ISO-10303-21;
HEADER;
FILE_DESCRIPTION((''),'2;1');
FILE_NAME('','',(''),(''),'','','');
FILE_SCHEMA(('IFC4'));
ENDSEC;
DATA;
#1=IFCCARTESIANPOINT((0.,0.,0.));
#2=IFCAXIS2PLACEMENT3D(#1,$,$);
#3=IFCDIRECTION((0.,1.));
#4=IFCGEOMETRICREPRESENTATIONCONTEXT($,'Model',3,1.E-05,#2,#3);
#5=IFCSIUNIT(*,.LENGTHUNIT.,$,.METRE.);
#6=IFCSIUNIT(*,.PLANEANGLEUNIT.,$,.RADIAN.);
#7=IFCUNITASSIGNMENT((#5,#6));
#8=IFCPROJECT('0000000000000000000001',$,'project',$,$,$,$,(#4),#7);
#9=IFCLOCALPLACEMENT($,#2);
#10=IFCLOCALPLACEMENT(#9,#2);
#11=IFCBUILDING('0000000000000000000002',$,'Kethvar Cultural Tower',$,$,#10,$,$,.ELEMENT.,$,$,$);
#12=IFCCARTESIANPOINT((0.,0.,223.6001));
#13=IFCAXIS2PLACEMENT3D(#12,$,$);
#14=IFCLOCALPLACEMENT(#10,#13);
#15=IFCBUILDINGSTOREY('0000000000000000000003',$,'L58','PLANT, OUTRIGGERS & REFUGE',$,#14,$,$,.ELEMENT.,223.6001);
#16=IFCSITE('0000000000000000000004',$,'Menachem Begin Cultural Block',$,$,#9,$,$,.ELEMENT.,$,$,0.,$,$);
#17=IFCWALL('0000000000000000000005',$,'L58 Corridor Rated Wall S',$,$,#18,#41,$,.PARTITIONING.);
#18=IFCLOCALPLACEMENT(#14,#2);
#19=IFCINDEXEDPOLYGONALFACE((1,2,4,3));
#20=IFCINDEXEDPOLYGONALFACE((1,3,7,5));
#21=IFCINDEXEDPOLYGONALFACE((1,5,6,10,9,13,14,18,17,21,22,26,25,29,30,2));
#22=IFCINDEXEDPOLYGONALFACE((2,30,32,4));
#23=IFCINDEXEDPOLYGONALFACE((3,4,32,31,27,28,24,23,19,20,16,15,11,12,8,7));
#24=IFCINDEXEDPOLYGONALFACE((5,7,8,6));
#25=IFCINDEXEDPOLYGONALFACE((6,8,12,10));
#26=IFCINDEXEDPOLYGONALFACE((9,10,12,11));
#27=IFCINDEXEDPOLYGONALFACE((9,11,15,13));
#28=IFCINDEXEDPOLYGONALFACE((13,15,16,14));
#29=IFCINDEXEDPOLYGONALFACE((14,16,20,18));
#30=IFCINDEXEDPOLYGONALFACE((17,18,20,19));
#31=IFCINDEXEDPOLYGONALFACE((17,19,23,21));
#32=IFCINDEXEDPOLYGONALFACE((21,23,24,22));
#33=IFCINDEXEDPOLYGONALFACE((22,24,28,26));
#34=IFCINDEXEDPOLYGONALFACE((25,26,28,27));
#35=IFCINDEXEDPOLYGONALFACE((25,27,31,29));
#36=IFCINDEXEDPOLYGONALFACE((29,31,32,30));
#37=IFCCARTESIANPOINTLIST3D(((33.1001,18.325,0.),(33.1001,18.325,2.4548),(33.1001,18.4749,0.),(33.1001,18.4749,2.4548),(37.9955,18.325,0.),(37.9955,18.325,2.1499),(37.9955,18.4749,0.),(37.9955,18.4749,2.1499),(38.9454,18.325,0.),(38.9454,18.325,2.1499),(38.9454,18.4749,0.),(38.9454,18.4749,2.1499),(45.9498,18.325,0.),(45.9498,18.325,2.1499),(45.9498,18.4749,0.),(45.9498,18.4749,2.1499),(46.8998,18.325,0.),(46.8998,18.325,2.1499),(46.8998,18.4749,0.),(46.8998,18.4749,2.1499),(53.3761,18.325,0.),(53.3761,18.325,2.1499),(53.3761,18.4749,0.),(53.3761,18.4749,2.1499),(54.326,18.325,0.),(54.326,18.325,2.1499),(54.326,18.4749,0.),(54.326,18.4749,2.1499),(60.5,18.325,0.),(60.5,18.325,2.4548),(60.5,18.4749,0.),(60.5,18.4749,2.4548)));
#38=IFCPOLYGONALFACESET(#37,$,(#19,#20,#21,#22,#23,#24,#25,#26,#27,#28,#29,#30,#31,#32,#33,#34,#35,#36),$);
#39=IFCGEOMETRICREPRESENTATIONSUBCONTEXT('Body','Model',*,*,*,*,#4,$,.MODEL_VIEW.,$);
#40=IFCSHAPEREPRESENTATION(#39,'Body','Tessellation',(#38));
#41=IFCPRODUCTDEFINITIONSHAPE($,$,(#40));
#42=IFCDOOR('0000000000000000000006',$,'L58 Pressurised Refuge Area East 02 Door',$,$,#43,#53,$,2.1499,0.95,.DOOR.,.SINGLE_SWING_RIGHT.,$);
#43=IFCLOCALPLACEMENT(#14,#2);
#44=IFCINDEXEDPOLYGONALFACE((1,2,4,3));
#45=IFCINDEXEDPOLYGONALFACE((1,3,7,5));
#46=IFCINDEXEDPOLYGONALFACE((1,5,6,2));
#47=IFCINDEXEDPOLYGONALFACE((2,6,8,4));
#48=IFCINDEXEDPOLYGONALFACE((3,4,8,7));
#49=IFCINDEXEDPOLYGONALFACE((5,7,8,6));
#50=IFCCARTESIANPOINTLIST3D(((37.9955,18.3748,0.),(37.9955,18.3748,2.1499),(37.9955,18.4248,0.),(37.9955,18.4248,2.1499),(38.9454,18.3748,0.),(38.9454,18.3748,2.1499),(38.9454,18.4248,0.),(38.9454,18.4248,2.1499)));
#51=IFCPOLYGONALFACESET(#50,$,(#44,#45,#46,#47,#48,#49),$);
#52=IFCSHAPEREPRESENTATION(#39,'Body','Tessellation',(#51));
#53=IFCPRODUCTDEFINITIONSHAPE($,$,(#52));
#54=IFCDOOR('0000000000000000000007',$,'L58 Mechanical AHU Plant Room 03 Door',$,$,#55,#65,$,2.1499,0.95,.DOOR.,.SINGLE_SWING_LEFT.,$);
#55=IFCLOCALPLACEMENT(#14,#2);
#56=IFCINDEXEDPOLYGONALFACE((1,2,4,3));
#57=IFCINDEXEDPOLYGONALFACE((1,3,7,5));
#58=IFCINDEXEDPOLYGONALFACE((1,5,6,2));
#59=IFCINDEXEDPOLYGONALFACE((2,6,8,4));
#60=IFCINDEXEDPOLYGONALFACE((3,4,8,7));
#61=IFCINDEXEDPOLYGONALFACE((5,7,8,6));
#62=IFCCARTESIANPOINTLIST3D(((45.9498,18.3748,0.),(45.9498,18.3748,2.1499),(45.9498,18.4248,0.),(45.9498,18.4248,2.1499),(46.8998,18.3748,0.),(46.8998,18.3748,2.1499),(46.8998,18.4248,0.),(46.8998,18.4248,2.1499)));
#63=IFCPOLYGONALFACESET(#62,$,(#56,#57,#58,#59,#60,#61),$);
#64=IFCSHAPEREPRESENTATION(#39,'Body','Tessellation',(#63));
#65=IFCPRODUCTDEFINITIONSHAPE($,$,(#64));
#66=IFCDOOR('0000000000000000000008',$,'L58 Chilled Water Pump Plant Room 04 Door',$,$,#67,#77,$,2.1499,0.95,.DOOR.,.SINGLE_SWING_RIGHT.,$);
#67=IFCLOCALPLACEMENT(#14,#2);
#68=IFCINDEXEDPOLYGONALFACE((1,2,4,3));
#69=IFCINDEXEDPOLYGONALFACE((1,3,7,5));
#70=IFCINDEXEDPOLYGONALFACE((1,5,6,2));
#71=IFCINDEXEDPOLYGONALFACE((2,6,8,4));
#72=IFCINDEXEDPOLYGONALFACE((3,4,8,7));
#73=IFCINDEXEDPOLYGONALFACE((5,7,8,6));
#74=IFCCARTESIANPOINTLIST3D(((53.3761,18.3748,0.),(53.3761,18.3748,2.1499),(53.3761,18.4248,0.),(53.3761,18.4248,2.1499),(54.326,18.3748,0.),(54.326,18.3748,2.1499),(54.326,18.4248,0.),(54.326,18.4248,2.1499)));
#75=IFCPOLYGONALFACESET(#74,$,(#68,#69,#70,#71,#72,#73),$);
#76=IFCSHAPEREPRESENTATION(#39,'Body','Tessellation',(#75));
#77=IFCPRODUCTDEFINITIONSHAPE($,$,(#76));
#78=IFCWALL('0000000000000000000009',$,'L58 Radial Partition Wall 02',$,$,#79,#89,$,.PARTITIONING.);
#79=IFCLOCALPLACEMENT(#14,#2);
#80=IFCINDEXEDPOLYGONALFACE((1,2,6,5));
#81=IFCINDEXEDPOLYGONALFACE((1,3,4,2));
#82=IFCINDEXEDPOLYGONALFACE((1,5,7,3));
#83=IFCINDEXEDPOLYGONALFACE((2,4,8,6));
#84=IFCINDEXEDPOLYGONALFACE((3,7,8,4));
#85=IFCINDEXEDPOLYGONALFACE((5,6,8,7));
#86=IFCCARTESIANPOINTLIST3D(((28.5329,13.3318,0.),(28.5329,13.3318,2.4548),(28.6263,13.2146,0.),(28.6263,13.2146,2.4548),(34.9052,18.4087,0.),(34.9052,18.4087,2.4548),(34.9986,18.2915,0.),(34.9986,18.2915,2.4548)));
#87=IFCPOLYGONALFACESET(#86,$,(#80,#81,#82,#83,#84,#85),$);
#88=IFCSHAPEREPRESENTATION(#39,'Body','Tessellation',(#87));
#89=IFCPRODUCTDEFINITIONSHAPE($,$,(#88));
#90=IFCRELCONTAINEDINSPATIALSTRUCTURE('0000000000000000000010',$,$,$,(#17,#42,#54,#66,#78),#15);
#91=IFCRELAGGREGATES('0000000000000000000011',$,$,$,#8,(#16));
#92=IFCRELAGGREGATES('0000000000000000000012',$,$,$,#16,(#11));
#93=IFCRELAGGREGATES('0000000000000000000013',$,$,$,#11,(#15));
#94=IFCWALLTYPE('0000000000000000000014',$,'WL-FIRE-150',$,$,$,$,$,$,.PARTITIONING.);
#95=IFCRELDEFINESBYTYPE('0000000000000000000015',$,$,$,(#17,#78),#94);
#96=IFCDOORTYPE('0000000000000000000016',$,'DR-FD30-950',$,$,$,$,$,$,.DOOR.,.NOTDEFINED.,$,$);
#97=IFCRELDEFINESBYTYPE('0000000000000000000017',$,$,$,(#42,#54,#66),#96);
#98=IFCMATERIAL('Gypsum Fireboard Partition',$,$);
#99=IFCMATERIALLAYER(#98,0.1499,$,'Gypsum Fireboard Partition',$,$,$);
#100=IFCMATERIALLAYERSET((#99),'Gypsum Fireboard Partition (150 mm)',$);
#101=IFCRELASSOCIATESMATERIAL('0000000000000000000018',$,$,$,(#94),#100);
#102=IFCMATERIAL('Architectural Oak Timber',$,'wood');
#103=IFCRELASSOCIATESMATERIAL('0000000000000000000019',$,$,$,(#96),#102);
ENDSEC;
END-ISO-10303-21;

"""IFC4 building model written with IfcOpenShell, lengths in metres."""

from ifc_helpers import new_model, si_unit, direction, frame, frame_2d, origin, place, context, subcontext, project, spatial, rectangle, extrude, source, transform, mapped, material, layer, layer_set, type_object, element, fill, save


model = new_model("IFC4")

# Units and contexts
model_context = context("Model", 3, precision=1e-05, world=origin(), true_north=direction((0.0, 1.0)))
body_context = subcontext(model_context, "Body", "Model", "MODEL_VIEW")
ifc_project = project(units=[si_unit("LENGTHUNIT", "METRE"), si_unit("PLANEANGLEUNIT", "RADIAN")], contexts=[model_context])

# Site, building, storey
site_placement = place(None, origin())
site = spatial("IfcSite", under=ifc_project, at=site_placement, Name="Menachem Begin Cultural Block", CompositionType="ELEMENT", RefElevation=0.0)
building_placement = place(site_placement, origin())
building = spatial("IfcBuilding", under=site, at=building_placement, Name="Kethvar Cultural Tower", CompositionType="ELEMENT")
storey_placement = place(building_placement, frame((0.0, 0.0, 223.6001)))
storey = spatial("IfcBuildingStorey", under=building, at=storey_placement, Name="L58", Description="PLANT, OUTRIGGERS & REFUGE", CompositionType="ELEMENT", Elevation=223.6001)

# Wall, openings, doors
ifc_material_1 = material(Name="Gypsum Fireboard Partition")
ifc_layer_1 = layer(ifc_material_1, 0.1499, Name="Gypsum Fireboard Partition")
ifc_layer_set_1 = layer_set([ifc_layer_1], Name="Gypsum Fireboard Partition (150 mm)")
wall_type = type_object("IfcWallType", Name="WL-FIRE-150", PredefinedType="PARTITIONING", material=ifc_layer_set_1)
wall_1_placement = place(storey_placement, frame((33.1001, 18.3999, 0.0), z_axis=(0.0, 0.0, 1.0), x_axis=(1.0, 0.0, 0.0)))
wall_1 = element("IfcWall", 1, at=wall_1_placement, inside=storey, type_object=wall_type, Name="L58 Corridor Rated Wall S", PredefinedType="PARTITIONING", context=body_context, shape_type="SweptSolid", body=[
    extrude(rectangle(XDim=27.3999, YDim=0.1499, at=frame_2d((13.7, 0.0))), origin(), (0.0, 0.0, 1.0), 2.4548),
])
opening_1_placement = place(wall_1_placement, frame((4.8953, 0.0, 0.0)))
opening_1 = element("IfcOpeningElement", 2, at=opening_1_placement, cuts=wall_1, PredefinedType="OPENING", context=body_context, shape_type="SweptSolid", body=[
    extrude(rectangle(XDim=0.95, YDim=2.1499, at=frame_2d((0.4751, 1.075))), frame((0.0, 0.085, 0.0), z_axis=(0.0, -1.0, 0.0), x_axis=(1.0, 0.0, 0.0)), (0.0, 0.0, 1.0), 0.1699),
])
opening_2_placement = place(wall_1_placement, frame((12.8496, 0.0, 0.0)))
opening_2 = element("IfcOpeningElement", 3, at=opening_2_placement, cuts=wall_1, PredefinedType="OPENING", context=body_context, shape_type="SweptSolid", body=[
    extrude(rectangle(XDim=0.95, YDim=2.1499, at=frame_2d((0.4751, 1.075))), frame((0.0, 0.085, 0.0), z_axis=(0.0, -1.0, 0.0), x_axis=(1.0, 0.0, 0.0)), (0.0, 0.0, 1.0), 0.1699),
])
opening_3_placement = place(wall_1_placement, frame((20.2759, 0.0, 0.0)))
opening_3 = element("IfcOpeningElement", 4, at=opening_3_placement, cuts=wall_1, PredefinedType="OPENING", context=body_context, shape_type="SweptSolid", body=[
    extrude(rectangle(XDim=0.95, YDim=2.1499, at=frame_2d((0.4751, 1.075))), frame((0.0, 0.085, 0.0), z_axis=(0.0, -1.0, 0.0), x_axis=(1.0, 0.0, 0.0)), (0.0, 0.0, 1.0), 0.1699),
])
ifc_material_2 = material(Name="Architectural Oak Timber", Category="wood")
door_type = type_object("IfcDoorType", Name="DR-FD30-950", OperationType="NOTDEFINED", PredefinedType="DOOR", material=ifc_material_2)
shared_shape_1 = source(origin(), body_context, "Body", "SweptSolid", [
    extrude(rectangle(XDim=0.95, YDim=2.1499, at=frame_2d((0.4751, 1.075))), frame((0.0, 0.0249, 0.0), z_axis=(0.0, -1.0, 0.0), x_axis=(1.0, 0.0, 0.0)), (0.0, 0.0, 1.0), 0.05),
])
door_1_placement = place(opening_1_placement, origin())
door_1 = element("IfcDoor", 5, at=door_1_placement, inside=storey, type_object=door_type, Name="L58 Pressurised Refuge Area East 02 Door", OperationType="SINGLE_SWING_RIGHT", OverallHeight=2.1499, OverallWidth=0.95, PredefinedType="DOOR", context=body_context, shape_type="MappedRepresentation", body=[
    mapped(shared_shape_1, transform((0.0, 0.0, 0.0), scale=1.0)),
])
fill(opening_1, door_1)
door_2_placement = place(opening_2_placement, origin())
door_2 = element("IfcDoor", 6, at=door_2_placement, inside=storey, type_object=door_type, Name="L58 Mechanical AHU Plant Room 03 Door", OperationType="SINGLE_SWING_LEFT", OverallHeight=2.1499, OverallWidth=0.95, PredefinedType="DOOR", context=body_context, shape_type="MappedRepresentation", body=[
    mapped(shared_shape_1, transform((0.0, 0.0, 0.0), scale=1.0)),
])
fill(opening_2, door_2)
door_3_placement = place(opening_3_placement, origin())
door_3 = element("IfcDoor", 7, at=door_3_placement, inside=storey, type_object=door_type, Name="L58 Chilled Water Pump Plant Room 04 Door", OperationType="SINGLE_SWING_RIGHT", OverallHeight=2.1499, OverallWidth=0.95, PredefinedType="DOOR", context=body_context, shape_type="MappedRepresentation", body=[
    mapped(shared_shape_1, transform((0.0, 0.0, 0.0), scale=1.0)),
])
fill(opening_3, door_3)

# Wall
wall_2_placement = place(storey_placement, frame((34.9519, 18.3501, 0.0), z_axis=(0.0, 0.0, 1.0), x_axis=(-0.782121, -0.623126, 0.0)))
element("IfcWall", 8, at=wall_2_placement, inside=storey, type_object=wall_type, Name="L58 Radial Partition Wall 02", PredefinedType="PARTITIONING", context=body_context, shape_type="SweptSolid", body=[
    extrude(rectangle(XDim=8.1475, YDim=0.1499, at=frame_2d((4.0737, 0.0))), origin(), (0.0, 0.0, 1.0), 2.4548),
])

save(model, "model.ifc")
